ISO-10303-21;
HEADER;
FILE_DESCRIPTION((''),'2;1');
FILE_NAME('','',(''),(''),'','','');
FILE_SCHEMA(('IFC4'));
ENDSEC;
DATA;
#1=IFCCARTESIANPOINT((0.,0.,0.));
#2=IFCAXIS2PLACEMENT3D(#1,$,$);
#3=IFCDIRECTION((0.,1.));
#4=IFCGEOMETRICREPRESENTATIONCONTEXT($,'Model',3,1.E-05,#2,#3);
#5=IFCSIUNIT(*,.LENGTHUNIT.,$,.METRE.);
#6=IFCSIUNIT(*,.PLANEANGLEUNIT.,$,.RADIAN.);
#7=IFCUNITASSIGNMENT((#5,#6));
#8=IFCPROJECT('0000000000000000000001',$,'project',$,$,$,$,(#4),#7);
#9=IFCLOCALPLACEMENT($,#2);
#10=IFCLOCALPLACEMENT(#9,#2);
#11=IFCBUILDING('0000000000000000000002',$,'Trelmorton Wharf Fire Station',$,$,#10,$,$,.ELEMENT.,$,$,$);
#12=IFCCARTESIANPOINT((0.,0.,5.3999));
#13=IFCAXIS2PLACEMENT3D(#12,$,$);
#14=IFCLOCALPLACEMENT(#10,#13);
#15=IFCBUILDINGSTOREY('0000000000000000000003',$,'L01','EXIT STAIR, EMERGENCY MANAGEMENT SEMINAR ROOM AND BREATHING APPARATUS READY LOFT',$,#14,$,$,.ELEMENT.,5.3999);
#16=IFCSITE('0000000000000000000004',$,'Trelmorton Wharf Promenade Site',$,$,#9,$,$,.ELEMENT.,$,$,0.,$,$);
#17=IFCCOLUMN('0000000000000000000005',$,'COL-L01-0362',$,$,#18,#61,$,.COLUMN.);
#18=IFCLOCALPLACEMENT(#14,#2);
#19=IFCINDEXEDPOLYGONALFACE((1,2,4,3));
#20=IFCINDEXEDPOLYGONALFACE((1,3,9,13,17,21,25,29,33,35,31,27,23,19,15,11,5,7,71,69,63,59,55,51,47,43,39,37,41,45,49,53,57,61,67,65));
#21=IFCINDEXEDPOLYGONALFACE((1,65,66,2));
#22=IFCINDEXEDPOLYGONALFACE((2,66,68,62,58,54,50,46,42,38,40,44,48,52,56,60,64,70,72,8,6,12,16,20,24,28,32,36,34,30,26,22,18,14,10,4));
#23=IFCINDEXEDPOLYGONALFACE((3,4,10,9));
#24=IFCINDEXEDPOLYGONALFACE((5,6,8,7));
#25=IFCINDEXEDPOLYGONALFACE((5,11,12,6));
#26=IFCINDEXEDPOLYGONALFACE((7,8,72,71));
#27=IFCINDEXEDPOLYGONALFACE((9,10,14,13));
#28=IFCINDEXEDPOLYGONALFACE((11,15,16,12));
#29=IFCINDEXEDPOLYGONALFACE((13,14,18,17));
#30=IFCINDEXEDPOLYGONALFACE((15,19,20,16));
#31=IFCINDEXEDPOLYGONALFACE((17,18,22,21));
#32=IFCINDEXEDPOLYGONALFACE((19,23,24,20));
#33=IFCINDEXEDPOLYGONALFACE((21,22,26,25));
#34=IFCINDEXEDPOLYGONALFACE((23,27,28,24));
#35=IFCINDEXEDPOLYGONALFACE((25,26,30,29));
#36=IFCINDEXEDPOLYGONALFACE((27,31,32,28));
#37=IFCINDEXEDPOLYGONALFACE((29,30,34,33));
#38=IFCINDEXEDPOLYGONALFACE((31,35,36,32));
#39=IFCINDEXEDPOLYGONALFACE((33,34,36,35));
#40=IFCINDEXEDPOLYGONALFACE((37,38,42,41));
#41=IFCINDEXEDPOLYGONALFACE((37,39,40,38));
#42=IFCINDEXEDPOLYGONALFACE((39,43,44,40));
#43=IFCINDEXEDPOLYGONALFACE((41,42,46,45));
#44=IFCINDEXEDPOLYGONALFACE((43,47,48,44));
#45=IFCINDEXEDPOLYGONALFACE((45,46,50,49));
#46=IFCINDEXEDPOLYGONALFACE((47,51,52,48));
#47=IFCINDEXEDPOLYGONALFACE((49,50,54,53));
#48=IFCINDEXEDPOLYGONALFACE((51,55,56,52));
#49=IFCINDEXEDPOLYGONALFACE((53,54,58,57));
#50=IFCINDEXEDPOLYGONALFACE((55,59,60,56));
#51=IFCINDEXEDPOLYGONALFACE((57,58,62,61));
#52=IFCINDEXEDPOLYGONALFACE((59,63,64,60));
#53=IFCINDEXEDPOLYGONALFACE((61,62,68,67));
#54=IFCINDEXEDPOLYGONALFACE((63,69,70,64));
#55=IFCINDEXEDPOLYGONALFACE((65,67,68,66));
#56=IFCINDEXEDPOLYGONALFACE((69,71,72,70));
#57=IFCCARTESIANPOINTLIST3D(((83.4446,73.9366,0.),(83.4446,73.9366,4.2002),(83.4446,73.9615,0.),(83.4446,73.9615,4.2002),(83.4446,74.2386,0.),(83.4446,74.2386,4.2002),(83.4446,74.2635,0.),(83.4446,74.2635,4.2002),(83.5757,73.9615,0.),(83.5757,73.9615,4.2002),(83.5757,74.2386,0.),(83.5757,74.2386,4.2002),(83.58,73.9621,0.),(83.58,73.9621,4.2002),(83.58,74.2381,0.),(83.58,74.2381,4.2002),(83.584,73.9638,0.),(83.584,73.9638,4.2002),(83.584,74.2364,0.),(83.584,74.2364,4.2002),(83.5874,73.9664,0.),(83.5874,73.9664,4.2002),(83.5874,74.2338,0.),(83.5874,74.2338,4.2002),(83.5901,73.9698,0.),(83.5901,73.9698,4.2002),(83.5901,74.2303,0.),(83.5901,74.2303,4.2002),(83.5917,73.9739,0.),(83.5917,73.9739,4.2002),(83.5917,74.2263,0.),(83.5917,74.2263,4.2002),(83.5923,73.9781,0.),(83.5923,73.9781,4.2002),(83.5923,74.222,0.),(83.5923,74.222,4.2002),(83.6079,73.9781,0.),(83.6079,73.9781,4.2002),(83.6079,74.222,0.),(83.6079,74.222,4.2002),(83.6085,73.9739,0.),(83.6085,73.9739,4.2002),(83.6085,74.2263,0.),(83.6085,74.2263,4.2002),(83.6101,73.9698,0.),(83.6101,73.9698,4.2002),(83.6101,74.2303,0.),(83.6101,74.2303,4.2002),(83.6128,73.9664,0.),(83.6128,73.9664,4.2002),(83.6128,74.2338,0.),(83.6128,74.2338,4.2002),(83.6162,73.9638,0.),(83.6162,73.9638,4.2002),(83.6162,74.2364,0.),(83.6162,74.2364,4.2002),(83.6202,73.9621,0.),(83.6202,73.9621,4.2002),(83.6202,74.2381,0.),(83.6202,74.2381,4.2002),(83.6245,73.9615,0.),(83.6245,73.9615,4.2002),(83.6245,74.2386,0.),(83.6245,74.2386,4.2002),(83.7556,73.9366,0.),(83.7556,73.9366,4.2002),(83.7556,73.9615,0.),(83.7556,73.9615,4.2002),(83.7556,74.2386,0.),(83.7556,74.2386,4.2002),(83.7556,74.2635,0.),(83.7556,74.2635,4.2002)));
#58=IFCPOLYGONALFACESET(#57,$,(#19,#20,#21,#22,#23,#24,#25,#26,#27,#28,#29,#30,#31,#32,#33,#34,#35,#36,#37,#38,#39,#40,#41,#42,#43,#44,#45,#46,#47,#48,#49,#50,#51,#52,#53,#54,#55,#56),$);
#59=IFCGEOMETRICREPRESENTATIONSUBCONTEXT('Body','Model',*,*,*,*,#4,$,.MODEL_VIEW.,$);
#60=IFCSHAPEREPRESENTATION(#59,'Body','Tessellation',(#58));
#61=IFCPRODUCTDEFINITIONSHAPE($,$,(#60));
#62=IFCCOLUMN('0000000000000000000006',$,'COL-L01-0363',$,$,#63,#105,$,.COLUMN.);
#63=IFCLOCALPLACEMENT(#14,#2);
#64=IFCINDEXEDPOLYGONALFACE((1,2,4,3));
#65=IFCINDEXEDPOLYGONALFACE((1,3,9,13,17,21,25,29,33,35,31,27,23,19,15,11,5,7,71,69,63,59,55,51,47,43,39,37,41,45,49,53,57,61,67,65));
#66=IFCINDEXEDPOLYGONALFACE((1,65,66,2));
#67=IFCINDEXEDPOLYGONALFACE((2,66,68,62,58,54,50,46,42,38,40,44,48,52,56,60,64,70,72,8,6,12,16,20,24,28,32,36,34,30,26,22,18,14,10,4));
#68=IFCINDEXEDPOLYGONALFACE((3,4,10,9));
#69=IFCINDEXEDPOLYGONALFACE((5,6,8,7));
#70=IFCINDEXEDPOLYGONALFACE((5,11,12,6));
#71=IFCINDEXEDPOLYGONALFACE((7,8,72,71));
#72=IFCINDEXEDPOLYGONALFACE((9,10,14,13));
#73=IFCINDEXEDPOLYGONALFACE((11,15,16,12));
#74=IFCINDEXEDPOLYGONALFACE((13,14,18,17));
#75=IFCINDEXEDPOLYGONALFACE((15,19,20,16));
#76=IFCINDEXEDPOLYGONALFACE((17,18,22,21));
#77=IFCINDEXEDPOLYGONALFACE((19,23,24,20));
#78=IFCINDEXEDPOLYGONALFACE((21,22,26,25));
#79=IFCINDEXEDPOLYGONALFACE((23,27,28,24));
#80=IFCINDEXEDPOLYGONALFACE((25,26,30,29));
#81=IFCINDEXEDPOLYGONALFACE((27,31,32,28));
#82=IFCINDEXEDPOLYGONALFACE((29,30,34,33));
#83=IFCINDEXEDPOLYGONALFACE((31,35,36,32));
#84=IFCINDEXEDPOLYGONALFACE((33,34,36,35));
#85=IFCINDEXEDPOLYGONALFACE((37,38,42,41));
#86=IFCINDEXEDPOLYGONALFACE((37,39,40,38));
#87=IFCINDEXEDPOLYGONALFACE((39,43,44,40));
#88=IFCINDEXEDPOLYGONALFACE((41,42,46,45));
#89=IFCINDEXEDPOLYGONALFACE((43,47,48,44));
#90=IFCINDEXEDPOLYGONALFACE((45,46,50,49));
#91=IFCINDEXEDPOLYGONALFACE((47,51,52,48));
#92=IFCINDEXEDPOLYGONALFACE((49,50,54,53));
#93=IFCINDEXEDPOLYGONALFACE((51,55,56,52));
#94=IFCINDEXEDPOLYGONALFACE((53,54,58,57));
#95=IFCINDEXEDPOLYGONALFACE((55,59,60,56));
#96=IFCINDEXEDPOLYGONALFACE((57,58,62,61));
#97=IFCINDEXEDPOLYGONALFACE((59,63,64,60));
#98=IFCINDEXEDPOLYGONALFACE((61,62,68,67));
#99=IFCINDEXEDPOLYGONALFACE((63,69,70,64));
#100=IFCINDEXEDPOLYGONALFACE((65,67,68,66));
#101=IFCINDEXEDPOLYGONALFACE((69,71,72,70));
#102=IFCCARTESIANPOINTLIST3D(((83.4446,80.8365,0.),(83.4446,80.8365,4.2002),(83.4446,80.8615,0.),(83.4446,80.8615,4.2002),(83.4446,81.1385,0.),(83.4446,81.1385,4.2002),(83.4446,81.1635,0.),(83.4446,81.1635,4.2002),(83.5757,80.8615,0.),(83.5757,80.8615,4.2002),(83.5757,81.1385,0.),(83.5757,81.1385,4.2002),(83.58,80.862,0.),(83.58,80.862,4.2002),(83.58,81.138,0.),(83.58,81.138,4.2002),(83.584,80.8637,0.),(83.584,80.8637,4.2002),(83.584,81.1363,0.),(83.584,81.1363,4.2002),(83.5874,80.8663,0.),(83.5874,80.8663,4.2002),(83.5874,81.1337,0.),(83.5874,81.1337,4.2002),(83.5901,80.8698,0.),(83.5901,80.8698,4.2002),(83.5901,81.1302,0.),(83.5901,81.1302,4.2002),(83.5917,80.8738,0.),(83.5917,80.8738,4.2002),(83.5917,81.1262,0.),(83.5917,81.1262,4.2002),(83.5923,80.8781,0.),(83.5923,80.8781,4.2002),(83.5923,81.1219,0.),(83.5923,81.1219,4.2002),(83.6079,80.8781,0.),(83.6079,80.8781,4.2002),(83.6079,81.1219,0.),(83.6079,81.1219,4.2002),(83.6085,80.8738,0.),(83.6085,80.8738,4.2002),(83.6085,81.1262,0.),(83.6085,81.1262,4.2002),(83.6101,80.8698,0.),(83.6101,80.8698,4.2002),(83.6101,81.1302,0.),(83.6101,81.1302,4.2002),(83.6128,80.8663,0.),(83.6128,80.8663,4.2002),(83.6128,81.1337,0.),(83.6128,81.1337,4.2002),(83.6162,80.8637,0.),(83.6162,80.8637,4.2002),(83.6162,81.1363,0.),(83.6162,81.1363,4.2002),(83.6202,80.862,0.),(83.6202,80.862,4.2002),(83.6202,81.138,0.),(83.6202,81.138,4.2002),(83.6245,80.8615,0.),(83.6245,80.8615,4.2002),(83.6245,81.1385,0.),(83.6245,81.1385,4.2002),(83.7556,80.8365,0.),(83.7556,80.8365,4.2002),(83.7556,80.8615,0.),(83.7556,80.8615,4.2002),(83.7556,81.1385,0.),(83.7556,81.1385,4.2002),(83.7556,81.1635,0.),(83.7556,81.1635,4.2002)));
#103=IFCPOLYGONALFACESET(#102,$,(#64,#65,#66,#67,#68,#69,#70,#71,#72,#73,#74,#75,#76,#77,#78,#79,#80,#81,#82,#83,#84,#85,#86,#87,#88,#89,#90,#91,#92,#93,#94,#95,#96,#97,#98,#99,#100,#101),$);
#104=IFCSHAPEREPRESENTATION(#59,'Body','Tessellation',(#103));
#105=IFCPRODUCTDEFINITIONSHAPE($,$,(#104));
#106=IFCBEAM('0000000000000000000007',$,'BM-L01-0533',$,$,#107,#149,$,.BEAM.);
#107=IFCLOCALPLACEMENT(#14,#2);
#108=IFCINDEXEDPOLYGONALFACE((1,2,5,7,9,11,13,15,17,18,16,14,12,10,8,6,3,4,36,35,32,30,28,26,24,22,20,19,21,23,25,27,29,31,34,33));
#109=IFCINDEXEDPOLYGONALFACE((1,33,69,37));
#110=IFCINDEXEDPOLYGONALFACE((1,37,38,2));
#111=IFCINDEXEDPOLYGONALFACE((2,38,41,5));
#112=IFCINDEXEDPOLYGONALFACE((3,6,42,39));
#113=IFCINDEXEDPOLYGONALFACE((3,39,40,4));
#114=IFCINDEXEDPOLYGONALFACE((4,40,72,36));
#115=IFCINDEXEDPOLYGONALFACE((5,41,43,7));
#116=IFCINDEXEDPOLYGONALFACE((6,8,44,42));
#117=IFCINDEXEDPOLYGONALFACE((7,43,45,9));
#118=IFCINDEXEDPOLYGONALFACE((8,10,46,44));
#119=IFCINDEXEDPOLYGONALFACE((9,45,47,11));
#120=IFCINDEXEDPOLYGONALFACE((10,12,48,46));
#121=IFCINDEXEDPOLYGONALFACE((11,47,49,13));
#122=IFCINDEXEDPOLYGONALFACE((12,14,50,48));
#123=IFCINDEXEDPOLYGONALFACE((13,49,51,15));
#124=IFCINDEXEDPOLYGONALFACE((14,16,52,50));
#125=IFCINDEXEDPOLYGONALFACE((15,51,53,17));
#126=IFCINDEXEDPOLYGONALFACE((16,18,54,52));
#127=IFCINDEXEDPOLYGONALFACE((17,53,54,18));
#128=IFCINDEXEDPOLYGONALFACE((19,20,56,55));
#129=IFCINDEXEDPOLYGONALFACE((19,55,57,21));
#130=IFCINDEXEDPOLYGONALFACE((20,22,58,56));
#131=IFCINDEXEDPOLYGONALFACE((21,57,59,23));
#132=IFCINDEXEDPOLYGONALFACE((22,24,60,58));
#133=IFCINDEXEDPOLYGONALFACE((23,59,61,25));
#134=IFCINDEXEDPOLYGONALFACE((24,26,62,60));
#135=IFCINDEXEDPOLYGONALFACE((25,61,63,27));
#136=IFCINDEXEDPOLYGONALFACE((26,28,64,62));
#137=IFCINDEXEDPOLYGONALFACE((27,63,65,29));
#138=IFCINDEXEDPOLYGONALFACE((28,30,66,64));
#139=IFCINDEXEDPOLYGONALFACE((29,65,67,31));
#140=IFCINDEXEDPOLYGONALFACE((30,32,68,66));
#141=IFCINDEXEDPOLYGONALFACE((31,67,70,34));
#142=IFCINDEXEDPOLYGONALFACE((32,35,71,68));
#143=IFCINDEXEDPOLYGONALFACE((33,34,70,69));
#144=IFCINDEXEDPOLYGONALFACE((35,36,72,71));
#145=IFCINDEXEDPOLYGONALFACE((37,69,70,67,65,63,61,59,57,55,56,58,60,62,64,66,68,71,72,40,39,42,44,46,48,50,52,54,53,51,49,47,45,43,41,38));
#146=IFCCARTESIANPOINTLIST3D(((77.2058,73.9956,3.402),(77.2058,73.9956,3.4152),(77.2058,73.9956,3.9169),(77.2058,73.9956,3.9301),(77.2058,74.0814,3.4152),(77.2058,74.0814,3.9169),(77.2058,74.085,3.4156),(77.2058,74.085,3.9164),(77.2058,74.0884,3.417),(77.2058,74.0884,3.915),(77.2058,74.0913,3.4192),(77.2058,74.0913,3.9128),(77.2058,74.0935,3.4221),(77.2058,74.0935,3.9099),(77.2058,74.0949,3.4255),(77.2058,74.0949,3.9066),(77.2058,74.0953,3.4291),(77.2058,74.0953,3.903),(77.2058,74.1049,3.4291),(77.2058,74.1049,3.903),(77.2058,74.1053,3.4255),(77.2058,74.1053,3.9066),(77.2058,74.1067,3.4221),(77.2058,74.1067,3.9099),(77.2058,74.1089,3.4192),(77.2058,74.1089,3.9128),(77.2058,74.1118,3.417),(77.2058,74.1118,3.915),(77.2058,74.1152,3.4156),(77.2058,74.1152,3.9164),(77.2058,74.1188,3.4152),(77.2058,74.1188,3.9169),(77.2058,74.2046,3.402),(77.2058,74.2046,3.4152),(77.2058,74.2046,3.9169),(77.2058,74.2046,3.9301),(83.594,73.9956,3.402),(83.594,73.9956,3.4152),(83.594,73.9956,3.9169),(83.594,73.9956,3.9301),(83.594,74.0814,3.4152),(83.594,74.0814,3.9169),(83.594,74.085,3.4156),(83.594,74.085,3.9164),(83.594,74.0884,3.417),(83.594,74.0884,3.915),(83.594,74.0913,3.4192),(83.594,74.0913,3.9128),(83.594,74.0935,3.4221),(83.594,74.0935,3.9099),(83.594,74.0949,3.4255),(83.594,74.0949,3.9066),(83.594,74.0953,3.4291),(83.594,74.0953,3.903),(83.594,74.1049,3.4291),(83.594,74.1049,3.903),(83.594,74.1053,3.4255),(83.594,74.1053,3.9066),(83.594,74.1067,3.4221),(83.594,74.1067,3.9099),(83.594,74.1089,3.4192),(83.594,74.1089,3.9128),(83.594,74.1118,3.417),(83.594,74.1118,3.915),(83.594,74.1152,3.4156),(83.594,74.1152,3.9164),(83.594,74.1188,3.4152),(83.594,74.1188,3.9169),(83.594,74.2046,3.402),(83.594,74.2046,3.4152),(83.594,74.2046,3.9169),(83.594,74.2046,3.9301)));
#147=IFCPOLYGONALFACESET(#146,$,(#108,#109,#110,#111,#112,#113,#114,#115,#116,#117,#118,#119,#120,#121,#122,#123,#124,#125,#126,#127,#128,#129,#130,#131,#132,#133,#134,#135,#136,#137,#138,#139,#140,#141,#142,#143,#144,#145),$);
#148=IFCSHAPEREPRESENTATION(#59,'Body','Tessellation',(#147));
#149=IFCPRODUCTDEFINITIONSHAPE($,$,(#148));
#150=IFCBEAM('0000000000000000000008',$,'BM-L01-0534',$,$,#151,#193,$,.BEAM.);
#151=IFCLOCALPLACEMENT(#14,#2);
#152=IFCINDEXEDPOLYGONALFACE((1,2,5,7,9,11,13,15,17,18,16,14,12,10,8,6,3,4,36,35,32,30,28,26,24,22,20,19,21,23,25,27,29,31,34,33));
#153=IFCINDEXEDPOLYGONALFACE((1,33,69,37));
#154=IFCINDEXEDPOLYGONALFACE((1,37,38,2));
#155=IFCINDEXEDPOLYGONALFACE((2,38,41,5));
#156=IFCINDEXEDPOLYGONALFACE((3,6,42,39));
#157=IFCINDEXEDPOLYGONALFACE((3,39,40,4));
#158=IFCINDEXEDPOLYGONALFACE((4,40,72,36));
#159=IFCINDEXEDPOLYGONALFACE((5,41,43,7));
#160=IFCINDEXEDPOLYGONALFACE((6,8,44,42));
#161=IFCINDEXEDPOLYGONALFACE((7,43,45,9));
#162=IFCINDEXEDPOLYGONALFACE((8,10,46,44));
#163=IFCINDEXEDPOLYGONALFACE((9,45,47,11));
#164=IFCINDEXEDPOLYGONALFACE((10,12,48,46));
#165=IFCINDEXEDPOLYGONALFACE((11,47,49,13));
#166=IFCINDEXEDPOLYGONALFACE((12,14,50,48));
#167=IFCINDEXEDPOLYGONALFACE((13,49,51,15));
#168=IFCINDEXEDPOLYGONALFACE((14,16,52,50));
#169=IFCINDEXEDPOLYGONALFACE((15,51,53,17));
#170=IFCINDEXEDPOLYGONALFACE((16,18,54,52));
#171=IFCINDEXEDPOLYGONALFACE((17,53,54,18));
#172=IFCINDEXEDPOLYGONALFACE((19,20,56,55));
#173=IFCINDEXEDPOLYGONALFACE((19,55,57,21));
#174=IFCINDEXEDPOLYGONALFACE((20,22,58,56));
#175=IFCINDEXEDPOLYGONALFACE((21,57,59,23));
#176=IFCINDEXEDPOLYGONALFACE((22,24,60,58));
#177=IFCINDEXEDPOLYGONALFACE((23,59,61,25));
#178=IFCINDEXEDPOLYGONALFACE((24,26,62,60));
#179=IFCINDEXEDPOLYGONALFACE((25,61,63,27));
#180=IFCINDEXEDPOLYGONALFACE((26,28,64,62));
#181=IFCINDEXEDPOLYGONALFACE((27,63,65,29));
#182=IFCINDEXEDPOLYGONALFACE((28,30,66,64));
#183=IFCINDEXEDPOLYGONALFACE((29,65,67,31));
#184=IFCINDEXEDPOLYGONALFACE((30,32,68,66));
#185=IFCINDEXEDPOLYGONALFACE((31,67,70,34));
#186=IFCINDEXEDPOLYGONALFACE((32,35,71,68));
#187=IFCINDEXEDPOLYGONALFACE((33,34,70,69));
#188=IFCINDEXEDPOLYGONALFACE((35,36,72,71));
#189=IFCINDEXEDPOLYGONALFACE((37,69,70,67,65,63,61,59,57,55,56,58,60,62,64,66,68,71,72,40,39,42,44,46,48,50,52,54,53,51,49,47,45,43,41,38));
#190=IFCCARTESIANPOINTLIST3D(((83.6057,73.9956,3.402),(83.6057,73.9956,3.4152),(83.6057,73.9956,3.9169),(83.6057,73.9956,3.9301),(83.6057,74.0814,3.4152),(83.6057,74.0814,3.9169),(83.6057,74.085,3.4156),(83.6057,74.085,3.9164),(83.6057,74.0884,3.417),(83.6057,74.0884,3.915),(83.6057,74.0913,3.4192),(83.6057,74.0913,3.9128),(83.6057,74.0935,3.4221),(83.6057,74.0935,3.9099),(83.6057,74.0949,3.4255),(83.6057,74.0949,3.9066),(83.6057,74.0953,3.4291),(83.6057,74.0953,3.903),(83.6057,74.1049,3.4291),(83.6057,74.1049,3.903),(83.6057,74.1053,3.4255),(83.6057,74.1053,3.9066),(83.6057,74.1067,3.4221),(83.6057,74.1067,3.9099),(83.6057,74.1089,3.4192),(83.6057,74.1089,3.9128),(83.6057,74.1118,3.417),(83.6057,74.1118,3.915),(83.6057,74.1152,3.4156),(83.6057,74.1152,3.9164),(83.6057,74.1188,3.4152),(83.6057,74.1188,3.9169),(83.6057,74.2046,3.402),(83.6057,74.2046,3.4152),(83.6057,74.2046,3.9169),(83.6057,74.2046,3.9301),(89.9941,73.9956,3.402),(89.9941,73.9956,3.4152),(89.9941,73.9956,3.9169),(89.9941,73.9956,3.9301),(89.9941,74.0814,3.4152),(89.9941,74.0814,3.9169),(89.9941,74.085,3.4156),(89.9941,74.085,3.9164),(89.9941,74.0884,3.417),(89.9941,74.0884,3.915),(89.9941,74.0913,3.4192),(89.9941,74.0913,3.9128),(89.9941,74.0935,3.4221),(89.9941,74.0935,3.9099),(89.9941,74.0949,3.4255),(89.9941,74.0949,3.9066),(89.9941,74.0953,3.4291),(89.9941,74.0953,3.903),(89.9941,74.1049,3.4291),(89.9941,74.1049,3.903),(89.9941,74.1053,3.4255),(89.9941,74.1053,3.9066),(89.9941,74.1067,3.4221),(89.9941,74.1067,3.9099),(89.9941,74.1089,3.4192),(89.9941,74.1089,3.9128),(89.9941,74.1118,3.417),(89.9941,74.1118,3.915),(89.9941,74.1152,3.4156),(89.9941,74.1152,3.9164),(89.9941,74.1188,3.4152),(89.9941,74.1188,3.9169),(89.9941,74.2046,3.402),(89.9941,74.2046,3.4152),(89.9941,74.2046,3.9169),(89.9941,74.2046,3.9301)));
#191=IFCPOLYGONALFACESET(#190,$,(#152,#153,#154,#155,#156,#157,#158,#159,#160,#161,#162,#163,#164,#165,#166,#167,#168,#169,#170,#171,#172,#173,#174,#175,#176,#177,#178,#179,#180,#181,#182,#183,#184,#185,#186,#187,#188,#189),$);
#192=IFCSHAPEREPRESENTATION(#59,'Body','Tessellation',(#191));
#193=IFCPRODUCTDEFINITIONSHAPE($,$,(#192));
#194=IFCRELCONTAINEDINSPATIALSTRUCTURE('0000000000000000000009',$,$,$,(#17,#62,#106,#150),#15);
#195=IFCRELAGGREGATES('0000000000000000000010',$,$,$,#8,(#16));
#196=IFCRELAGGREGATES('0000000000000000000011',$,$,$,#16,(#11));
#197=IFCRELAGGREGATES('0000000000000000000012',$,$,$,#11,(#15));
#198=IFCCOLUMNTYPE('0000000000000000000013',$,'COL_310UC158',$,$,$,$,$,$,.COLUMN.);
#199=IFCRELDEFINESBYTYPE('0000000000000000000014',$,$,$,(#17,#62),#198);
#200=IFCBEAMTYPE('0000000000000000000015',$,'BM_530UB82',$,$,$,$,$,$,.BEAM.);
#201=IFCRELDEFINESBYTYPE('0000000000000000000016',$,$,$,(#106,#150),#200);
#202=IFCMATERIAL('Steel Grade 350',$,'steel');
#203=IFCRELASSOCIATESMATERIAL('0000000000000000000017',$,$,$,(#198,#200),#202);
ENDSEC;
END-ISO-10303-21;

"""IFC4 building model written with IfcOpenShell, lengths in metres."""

from ifc_helpers import new_model, si_unit, direction, frame, origin, origin_2d, place, context, subcontext, project, spatial, i_section, extrude, material, material_profile, profile_set, type_object, element, save


model = new_model("IFC4")

# Units and contexts
model_context = context("Model", 3, precision=1e-05, world=origin(), true_north=direction((0.0, 1.0)))
body_context = subcontext(model_context, "Body", "Model", "MODEL_VIEW")
ifc_project = project(units=[si_unit("LENGTHUNIT", "METRE"), si_unit("PLANEANGLEUNIT", "RADIAN")], contexts=[model_context])

# Site, building, storey
site_placement = place(None, origin())
site = spatial("IfcSite", under=ifc_project, at=site_placement, Name="Trelmorton Wharf Promenade Site", CompositionType="ELEMENT", RefElevation=0.0)
building_placement = place(site_placement, origin())
building = spatial("IfcBuilding", under=site, at=building_placement, Name="Trelmorton Wharf Fire Station", CompositionType="ELEMENT")
storey_placement = place(building_placement, frame((0.0, 0.0, 5.3999)))
storey = spatial("IfcBuildingStorey", under=building, at=storey_placement, Name="L01", Description="EXIT STAIR, EMERGENCY MANAGEMENT SEMINAR ROOM AND BREATHING APPARATUS READY LOFT", CompositionType="ELEMENT", Elevation=5.3999)

# Columns
ifc_material_1 = material(Name="Steel Grade 350", Category="steel")
ifc_material_profile_1 = material_profile(ifc_material_1, i_section(OverallWidth=0.311, OverallDepth=0.3269, WebThickness=0.0156, FlangeThickness=0.0249, FilletRadius=0.0166, at=origin_2d()), Name="310UC158")
ifc_profile_set_1 = profile_set([ifc_material_profile_1], Name="Steel Grade 350")
column_type = type_object("IfcColumnType", Name="COL_310UC158", PredefinedType="COLUMN", material=ifc_profile_set_1)
for number, where, z_axis, x_axis, name in (
    (1, (83.6001, 74.1001, 0.0), (0.0, 0.0, 1.0), (1.0, 0.0, 0.0), "COL-L01-0362"),
    (2, (83.6001, 81.0, 0.0), (0.0, 0.0, 1.0), (1.0, 0.0, 0.0), "COL-L01-0363"),
):
    element("IfcColumn", number, at=place(storey_placement, frame(where, z_axis=z_axis, x_axis=x_axis)), inside=storey, type_object=column_type, Name=name, PredefinedType="COLUMN", context=body_context, shape_type="SweptSolid", body=[
        extrude(i_section(OverallWidth=0.311, OverallDepth=0.3269, WebThickness=0.0156, FlangeThickness=0.0249, FilletRadius=0.0166, at=origin_2d()), origin(), (0.0, 0.0, 1.0), 4.2002),
    ])

# Beams
ifc_material_profile_2 = material_profile(ifc_material_1, i_section(OverallWidth=0.209, OverallDepth=0.5281, WebThickness=0.0095, FlangeThickness=0.0132, FilletRadius=0.0139, at=origin_2d()), Name="530UB82.0")
ifc_profile_set_2 = profile_set([ifc_material_profile_2], Name="Steel Grade 350")
beam_type_1 = type_object("IfcBeamType", Name="BM_530UB82", PredefinedType="BEAM", material=ifc_profile_set_2)
beam_1_placement = place(storey_placement, frame((77.2058, 74.1001, 3.666), z_axis=(1.0, 0.0, 0.0), x_axis=(0.0, 1.0, 0.0)))
element("IfcBeam", 3, at=beam_1_placement, inside=storey, type_object=beam_type_1, Name="BM-L01-0533", PredefinedType="BEAM", context=body_context, shape_type="SweptSolid", body=[
    extrude(i_section(OverallWidth=0.209, OverallDepth=0.5281, WebThickness=0.0095, FlangeThickness=0.0132, FilletRadius=0.0139, at=origin_2d()), origin(), (0.0, 0.0, 1.0), 6.3882),
])
beam_2_placement = place(storey_placement, frame((83.6057, 74.1001, 3.666), z_axis=(1.0, 0.0, 0.0), x_axis=(0.0, 1.0, 0.0)))
element("IfcBeam", 4, at=beam_2_placement, inside=storey, type_object=beam_type_1, Name="BM-L01-0534", PredefinedType="BEAM", context=body_context, shape_type="SweptSolid", body=[
    extrude(i_section(OverallWidth=0.209, OverallDepth=0.5281, WebThickness=0.0095, FlangeThickness=0.0132, FilletRadius=0.0139, at=origin_2d()), origin(), (0.0, 0.0, 1.0), 6.3884),
])

save(model, "model.ifc")
